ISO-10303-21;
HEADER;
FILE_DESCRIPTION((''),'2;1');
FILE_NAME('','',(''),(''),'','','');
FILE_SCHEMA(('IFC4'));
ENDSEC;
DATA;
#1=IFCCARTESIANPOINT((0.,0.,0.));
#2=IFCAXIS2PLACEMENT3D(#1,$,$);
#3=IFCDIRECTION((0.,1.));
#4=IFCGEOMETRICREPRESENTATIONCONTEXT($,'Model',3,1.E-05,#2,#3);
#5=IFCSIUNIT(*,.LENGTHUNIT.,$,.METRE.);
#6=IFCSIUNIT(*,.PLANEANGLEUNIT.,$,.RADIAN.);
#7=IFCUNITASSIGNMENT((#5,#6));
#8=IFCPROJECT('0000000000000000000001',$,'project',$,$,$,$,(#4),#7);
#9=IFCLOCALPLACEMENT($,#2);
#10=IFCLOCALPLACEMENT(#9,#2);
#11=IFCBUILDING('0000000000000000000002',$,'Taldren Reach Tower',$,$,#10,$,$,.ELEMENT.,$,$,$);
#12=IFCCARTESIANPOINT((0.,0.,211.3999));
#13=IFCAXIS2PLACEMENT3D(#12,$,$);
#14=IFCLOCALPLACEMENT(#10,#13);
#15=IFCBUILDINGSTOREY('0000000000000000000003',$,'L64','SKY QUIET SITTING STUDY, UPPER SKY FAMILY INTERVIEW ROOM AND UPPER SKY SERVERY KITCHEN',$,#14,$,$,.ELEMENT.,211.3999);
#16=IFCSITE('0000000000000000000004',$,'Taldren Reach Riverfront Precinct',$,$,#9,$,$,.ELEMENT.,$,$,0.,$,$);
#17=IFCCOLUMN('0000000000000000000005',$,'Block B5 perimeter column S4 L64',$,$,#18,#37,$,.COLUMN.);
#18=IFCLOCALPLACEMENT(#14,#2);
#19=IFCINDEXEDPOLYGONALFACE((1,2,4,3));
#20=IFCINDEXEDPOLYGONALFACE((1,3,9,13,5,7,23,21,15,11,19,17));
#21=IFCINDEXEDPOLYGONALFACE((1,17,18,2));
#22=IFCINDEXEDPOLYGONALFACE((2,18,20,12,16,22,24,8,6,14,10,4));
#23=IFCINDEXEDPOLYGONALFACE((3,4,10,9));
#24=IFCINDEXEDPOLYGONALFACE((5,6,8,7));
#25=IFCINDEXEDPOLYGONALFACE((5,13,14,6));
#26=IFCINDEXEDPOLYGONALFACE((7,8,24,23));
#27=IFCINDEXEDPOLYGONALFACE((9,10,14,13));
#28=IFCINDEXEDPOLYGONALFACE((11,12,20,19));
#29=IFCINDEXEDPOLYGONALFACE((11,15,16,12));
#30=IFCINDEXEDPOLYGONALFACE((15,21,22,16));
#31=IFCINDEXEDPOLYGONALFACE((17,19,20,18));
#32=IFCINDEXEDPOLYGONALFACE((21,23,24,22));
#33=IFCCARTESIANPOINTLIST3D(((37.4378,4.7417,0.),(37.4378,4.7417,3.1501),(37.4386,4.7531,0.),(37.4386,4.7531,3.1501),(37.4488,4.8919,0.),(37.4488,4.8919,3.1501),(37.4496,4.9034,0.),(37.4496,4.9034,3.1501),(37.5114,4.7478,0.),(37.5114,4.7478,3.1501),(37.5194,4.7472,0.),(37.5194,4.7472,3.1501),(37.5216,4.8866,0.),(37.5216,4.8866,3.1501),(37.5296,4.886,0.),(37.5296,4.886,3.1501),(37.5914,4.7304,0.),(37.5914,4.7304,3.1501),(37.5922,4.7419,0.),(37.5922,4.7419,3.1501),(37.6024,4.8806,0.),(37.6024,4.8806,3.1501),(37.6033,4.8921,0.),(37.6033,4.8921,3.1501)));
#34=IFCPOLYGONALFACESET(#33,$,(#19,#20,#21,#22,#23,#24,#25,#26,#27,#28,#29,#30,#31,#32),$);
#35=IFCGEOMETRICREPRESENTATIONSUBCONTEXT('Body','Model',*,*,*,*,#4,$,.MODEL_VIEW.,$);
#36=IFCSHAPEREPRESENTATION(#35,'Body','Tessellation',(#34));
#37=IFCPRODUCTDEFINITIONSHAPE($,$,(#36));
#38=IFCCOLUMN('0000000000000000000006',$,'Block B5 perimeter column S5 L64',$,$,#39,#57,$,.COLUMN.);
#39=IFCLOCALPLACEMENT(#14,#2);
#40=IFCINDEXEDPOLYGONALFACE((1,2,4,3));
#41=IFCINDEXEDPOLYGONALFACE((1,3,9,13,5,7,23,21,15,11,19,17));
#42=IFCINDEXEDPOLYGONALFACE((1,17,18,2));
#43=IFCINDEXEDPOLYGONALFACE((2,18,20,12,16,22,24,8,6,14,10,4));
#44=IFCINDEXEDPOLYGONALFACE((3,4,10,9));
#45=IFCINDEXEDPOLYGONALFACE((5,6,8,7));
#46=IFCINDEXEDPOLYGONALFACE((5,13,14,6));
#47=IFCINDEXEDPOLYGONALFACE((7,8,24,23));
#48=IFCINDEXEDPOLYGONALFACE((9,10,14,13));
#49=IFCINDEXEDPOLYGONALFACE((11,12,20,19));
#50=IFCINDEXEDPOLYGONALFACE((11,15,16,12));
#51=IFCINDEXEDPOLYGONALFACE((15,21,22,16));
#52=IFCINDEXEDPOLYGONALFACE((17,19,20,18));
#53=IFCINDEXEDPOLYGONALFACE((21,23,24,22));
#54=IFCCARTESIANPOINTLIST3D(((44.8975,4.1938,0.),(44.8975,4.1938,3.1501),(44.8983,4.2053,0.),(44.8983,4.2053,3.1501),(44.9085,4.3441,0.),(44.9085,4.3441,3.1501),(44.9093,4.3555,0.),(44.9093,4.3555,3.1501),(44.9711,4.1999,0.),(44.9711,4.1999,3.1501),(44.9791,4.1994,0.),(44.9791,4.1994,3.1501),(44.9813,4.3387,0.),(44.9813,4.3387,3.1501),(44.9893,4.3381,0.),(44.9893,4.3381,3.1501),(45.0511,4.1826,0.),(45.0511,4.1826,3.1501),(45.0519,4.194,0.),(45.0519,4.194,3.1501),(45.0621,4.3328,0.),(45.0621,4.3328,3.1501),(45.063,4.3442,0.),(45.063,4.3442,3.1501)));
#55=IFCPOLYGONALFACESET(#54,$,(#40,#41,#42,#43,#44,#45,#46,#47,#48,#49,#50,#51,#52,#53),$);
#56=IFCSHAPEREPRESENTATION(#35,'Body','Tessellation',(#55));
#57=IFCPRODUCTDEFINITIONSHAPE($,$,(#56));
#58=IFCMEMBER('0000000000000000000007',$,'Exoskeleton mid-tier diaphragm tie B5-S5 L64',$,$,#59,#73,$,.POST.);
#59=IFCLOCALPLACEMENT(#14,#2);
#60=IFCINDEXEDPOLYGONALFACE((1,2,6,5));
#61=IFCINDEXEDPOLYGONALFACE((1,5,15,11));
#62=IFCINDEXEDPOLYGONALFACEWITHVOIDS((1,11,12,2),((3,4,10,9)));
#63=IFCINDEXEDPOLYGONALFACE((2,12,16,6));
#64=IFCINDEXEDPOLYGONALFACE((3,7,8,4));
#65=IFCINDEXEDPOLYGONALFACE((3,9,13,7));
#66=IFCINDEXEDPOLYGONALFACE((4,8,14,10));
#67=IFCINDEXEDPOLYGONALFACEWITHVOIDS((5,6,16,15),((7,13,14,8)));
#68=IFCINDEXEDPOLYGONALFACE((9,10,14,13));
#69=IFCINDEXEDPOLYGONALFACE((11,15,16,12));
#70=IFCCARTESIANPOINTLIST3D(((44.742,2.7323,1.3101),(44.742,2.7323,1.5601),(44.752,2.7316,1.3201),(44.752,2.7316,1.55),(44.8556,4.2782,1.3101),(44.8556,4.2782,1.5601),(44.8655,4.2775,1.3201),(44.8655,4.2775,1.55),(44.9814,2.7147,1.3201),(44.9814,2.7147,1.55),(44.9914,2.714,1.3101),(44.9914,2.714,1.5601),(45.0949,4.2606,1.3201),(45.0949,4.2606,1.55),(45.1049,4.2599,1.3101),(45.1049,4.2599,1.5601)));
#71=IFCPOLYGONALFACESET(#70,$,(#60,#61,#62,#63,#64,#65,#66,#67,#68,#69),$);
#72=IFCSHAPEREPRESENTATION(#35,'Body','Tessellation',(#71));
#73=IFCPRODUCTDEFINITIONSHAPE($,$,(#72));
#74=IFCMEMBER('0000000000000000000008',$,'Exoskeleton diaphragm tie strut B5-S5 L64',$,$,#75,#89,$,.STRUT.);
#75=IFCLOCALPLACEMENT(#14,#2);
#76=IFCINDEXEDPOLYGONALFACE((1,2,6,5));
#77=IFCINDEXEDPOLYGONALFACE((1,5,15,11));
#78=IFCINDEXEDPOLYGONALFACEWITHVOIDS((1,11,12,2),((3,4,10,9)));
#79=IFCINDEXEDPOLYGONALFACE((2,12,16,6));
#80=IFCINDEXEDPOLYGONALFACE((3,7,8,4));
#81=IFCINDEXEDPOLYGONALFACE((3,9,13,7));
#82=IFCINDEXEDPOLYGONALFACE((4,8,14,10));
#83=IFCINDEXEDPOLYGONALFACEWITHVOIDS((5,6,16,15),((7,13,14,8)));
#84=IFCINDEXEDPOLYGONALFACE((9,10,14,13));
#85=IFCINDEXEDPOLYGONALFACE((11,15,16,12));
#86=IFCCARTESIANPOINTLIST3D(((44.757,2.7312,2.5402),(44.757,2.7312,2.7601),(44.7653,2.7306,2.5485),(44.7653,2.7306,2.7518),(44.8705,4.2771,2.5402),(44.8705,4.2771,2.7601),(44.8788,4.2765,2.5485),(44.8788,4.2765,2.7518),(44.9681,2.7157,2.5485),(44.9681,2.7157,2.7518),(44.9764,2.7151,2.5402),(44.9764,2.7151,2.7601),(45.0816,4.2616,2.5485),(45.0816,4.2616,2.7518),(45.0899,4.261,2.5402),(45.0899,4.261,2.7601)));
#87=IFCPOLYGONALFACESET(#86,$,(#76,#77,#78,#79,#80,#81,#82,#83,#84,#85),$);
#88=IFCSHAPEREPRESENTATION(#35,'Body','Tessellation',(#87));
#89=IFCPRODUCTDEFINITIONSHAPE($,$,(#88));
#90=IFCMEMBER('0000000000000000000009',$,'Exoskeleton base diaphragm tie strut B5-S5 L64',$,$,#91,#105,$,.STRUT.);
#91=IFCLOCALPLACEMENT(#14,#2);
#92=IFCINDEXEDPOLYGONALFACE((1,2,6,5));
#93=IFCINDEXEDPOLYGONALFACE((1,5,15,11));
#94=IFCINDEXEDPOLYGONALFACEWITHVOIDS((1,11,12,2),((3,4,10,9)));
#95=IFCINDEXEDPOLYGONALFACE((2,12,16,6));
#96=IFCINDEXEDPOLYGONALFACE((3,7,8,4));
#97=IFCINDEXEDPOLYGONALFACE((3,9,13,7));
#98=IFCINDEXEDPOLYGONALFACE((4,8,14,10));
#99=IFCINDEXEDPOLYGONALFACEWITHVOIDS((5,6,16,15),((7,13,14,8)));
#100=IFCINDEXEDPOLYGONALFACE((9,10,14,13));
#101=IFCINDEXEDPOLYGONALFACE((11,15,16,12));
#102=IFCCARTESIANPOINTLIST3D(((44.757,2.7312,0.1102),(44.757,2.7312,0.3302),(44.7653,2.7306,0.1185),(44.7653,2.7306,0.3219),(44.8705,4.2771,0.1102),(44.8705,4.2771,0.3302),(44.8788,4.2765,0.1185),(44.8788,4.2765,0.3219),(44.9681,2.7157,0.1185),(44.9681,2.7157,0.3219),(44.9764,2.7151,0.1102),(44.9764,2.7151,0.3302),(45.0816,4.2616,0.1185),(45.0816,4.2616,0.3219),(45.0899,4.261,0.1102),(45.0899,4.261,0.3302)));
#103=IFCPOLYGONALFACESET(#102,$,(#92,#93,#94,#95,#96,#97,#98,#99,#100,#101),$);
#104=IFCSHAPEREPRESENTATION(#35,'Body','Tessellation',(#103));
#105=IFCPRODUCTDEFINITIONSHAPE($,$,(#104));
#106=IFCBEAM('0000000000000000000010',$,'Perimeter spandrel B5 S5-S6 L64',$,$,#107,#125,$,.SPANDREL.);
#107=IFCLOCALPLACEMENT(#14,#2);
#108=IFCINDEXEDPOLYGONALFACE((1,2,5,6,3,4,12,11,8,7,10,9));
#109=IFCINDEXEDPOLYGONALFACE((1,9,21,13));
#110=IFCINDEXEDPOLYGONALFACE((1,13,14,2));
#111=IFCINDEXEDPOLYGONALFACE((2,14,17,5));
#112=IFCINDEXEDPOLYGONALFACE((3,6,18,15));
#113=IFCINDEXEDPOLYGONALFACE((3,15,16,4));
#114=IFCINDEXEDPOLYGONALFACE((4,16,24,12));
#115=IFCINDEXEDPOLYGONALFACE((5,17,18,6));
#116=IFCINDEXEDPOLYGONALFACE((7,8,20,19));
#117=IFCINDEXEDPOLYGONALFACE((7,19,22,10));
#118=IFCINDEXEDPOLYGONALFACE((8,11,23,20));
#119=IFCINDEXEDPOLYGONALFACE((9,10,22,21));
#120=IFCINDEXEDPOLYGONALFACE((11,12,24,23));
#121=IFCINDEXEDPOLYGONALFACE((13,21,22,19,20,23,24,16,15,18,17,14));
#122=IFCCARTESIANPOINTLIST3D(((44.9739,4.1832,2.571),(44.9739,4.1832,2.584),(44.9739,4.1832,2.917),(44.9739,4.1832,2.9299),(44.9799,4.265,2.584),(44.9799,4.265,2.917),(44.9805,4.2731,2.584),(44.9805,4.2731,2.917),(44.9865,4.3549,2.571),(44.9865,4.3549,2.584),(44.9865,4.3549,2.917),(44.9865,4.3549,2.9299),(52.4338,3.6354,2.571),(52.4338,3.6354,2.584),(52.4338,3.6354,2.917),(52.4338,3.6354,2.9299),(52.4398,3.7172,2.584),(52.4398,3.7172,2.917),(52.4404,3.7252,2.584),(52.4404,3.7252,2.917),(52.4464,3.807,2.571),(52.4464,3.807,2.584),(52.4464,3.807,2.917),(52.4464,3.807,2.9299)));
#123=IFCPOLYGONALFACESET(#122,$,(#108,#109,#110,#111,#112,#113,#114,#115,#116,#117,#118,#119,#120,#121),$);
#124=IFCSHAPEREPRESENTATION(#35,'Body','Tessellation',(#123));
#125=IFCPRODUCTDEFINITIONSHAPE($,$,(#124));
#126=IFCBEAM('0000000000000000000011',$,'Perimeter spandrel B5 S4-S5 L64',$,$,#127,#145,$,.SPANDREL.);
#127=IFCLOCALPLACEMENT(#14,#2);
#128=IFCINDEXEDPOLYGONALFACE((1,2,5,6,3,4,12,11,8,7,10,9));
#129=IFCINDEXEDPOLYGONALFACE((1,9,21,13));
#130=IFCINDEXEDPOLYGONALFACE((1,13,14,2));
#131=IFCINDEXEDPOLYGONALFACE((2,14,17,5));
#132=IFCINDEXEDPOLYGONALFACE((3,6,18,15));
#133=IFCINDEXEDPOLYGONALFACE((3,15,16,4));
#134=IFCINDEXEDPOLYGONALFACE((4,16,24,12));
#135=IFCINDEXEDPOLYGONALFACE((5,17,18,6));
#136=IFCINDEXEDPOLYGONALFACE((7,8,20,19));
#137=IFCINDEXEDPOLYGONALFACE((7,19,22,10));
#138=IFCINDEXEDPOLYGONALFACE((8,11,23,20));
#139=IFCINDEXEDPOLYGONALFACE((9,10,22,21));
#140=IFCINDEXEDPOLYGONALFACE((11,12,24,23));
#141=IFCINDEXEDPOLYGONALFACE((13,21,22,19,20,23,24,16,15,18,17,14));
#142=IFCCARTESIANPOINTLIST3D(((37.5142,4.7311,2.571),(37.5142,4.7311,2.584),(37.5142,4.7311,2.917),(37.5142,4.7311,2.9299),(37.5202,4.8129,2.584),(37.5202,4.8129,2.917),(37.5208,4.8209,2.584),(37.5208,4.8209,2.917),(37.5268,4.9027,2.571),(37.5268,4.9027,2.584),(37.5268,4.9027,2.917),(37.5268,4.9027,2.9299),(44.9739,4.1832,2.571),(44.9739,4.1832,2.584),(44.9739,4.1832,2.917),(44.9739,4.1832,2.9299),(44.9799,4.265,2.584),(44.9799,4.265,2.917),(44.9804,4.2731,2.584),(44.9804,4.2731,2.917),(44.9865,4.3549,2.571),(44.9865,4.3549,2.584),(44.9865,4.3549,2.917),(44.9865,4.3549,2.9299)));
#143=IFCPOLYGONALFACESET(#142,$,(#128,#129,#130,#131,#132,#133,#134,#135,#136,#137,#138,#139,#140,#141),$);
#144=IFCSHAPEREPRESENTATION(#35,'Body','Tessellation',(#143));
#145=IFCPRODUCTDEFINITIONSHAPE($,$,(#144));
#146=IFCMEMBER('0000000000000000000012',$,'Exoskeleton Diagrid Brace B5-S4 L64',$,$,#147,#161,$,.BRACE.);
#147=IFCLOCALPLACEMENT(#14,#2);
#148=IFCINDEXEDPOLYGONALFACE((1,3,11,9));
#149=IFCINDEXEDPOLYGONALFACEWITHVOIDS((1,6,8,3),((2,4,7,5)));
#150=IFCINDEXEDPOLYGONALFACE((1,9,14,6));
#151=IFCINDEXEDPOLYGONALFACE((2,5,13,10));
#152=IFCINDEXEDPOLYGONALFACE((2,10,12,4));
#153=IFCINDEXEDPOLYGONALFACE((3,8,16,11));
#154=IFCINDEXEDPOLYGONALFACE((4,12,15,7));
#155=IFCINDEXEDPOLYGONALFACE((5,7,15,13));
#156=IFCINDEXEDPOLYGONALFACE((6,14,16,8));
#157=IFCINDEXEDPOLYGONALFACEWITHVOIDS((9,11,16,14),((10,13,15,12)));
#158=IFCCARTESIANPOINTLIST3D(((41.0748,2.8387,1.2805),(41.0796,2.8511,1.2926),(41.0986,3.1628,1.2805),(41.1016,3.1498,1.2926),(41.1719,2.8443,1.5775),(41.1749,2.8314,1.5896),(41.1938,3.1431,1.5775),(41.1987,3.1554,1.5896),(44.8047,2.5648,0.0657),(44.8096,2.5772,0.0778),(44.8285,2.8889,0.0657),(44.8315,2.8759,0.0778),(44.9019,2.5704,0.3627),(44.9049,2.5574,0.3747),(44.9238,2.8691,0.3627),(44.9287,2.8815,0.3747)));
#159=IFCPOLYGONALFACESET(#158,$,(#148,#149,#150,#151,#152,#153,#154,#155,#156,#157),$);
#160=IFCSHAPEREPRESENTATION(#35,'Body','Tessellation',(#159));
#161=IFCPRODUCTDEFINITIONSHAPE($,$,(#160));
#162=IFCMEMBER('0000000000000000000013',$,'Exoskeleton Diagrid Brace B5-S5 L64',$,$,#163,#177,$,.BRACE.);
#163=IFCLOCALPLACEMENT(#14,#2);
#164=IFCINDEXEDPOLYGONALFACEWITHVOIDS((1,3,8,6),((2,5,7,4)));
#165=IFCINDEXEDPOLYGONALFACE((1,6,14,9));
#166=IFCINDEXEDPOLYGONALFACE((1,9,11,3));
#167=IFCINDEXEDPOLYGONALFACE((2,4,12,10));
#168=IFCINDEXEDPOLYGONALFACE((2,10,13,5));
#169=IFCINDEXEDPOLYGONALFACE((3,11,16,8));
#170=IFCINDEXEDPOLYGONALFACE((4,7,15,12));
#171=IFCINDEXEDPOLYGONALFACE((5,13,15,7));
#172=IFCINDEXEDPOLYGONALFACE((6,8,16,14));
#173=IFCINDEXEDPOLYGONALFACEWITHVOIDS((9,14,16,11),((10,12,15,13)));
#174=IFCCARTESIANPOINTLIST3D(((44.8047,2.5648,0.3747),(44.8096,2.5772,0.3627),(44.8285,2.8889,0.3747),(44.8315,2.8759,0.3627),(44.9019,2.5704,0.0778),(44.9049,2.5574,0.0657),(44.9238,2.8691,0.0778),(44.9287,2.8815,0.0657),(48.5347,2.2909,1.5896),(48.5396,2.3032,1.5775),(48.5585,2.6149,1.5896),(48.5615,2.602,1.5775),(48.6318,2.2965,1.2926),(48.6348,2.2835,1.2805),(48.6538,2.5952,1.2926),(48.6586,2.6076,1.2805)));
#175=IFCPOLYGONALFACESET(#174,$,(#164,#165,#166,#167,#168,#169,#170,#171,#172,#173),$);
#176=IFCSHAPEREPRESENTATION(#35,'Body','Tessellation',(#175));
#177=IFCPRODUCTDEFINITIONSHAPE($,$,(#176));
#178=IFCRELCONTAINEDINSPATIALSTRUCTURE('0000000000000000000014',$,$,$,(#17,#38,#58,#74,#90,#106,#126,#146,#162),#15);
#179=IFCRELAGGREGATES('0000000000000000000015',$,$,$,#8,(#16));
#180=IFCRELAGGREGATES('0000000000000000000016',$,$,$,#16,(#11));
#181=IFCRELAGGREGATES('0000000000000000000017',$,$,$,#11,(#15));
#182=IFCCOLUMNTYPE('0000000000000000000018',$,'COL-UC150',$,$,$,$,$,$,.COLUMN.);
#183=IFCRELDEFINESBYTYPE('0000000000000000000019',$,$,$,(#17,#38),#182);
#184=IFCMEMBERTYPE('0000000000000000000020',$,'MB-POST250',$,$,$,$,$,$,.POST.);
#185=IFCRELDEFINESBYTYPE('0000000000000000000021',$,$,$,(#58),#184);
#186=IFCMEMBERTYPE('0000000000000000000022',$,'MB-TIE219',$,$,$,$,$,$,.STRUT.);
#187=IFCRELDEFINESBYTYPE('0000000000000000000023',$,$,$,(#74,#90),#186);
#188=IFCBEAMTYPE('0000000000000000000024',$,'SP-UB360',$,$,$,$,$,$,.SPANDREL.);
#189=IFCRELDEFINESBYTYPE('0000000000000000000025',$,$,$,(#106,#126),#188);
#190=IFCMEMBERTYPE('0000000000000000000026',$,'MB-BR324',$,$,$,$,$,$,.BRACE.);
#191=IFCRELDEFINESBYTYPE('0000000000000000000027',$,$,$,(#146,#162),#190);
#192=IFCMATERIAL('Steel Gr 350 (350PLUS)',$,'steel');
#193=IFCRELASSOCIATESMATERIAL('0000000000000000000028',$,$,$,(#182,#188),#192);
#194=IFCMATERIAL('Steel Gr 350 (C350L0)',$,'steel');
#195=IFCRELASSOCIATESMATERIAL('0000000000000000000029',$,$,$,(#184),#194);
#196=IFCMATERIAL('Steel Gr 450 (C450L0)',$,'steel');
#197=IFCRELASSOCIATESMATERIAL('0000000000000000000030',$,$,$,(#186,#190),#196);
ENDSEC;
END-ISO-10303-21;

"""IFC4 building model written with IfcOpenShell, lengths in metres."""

from ifc_helpers import new_model, si_unit, direction, frame, origin, origin_2d, place, context, subcontext, project, spatial, hollow_rectangle, i_section, extrude, source, transform, mapped, material, material_profile, profile_set, type_object, element, save


model = new_model("IFC4")

# Units and contexts
model_context = context("Model", 3, precision=1e-05, world=origin(), true_north=direction((0.0, 1.0)))
body_context = subcontext(model_context, "Body", "Model", "MODEL_VIEW")
ifc_project = project(units=[si_unit("LENGTHUNIT", "METRE"), si_unit("PLANEANGLEUNIT", "RADIAN")], contexts=[model_context])

# Site, building, storey
site_placement = place(None, origin())
site = spatial("IfcSite", under=ifc_project, at=site_placement, Name="Taldren Reach Riverfront Precinct", CompositionType="ELEMENT", RefElevation=0.0)
building_placement = place(site_placement, origin())
building = spatial("IfcBuilding", under=site, at=building_placement, Name="Taldren Reach Tower", CompositionType="ELEMENT")
storey_placement = place(building_placement, frame((0.0, 0.0, 211.3999)))
storey = spatial("IfcBuildingStorey", under=building, at=storey_placement, Name="L64", Description="SKY QUIET SITTING STUDY, UPPER SKY FAMILY INTERVIEW ROOM AND UPPER SKY SERVERY KITCHEN", CompositionType="ELEMENT", Elevation=211.3999)

# Columns
ifc_material_1 = material(Name="Steel Gr 350 (350PLUS)", Category="steel")
ifc_material_profile_1 = material_profile(ifc_material_1, i_section(OverallWidth=0.1541, OverallDepth=0.1621, WebThickness=0.0081, FlangeThickness=0.0115, at=origin_2d()), Name="150UC37.2")
ifc_profile_set_1 = profile_set([ifc_material_profile_1], Name="Steel Gr 350 (350PLUS)")
column_type = type_object("IfcColumnType", Name="COL-UC150", PredefinedType="COLUMN", material=ifc_profile_set_1)
shared_shape_1 = source(origin(), body_context, "Body", "SweptSolid", [
    extrude(i_section(OverallWidth=0.1541, OverallDepth=0.1621, WebThickness=0.0081, FlangeThickness=0.0115, at=origin_2d()), origin(), (0.0, 0.0, 1.0), 3.1501),
])
for number, where, z_axis, x_axis, name in (
    (1, (37.5205, 4.8169, 0.0), (0.0, 0.0, 1.0), (0.997314, -0.073238, 0.0), "Block B5 perimeter column S4 L64"),
    (2, (44.9802, 4.269, 0.0), (0.0, 0.0, 1.0), (0.997314, -0.073238, 0.0), "Block B5 perimeter column S5 L64"),
):
    element("IfcColumn", number, at=place(storey_placement, frame(where, z_axis=z_axis, x_axis=x_axis)), inside=storey, type_object=column_type, Name=name, PredefinedType="COLUMN", context=body_context, shape_type="MappedRepresentation", body=[
        mapped(shared_shape_1, transform((0.0, 0.0, 0.0), scale=1.0)),
    ])

# Members
ifc_material_2 = material(Name="Steel Gr 350 (C350L0)", Category="steel")
ifc_material_profile_2 = material_profile(ifc_material_2, hollow_rectangle(XDim=0.25, YDim=0.25, WallThickness=0.01, at=origin_2d()), Name="250x250x10.0SHS")
ifc_profile_set_2 = profile_set([ifc_material_profile_2], Name="Steel Gr 350 (C350L0)")
member_type_1 = type_object("IfcMemberType", Name="MB-POST250", PredefinedType="POST", material=ifc_profile_set_2)
shared_shape_2 = source(origin(), body_context, "Body", "SweptSolid", [
    extrude(hollow_rectangle(XDim=0.25, YDim=0.25, WallThickness=0.01, at=origin_2d()), origin(), (0.0, 0.0, 1.0), 1.55),
])
member_1_placement = place(storey_placement, frame((44.9802, 4.269, 1.4351), z_axis=(-0.073239, -0.997314, 0.0), x_axis=(0.997314, -0.073239, 0.0)))
element("IfcMember", 3, at=member_1_placement, inside=storey, type_object=member_type_1, Name="Exoskeleton mid-tier diaphragm tie B5-S5 L64", PredefinedType="POST", context=body_context, shape_type="MappedRepresentation", body=[
    mapped(shared_shape_2, transform((0.0, 0.0, 0.0), scale=1.0)),
])
ifc_material_3 = material(Name="Steel Gr 450 (C450L0)", Category="steel")
ifc_material_profile_3 = material_profile(ifc_material_3, hollow_rectangle(XDim=0.22, YDim=0.22, WallThickness=0.0083, at=origin_2d()), Name="220x220x8.2SHS")
ifc_profile_set_3 = profile_set([ifc_material_profile_3], Name="Steel Gr 450 (C450L0)")
member_type_2 = type_object("IfcMemberType", Name="MB-TIE219", PredefinedType="STRUT", material=ifc_profile_set_3)
shared_shape_3 = source(origin(), body_context, "Body", "SweptSolid", [
    extrude(hollow_rectangle(XDim=0.22, YDim=0.22, WallThickness=0.0083, at=origin_2d()), origin(), (0.0, 0.0, 1.0), 1.55),
])
for number, where, z_axis, x_axis, name in (
    (4, (44.9802, 4.269, 2.6501), (-0.073239, -0.997314, 0.0), (0.997314, -0.073239, 0.0), "Exoskeleton diaphragm tie strut B5-S5 L64"),
    (5, (44.9802, 4.269, 0.2202), (-0.073239, -0.997314, 0.0), (0.997314, -0.073239, 0.0), "Exoskeleton base diaphragm tie strut B5-S5 L64"),
):
    element("IfcMember", number, at=place(storey_placement, frame(where, z_axis=z_axis, x_axis=x_axis)), inside=storey, type_object=member_type_2, Name=name, PredefinedType="STRUT", context=body_context, shape_type="MappedRepresentation", body=[
        mapped(shared_shape_3, transform((0.0, 0.0, 0.0), scale=1.0)),
    ])

# Beams
ifc_material_profile_4 = material_profile(ifc_material_1, i_section(OverallWidth=0.1721, OverallDepth=0.3589, WebThickness=0.0081, FlangeThickness=0.0129, at=origin_2d()), Name="360UB56.7")
ifc_profile_set_4 = profile_set([ifc_material_profile_4], Name="Steel Gr 350 (350PLUS)")
beam_type = type_object("IfcBeamType", Name="SP-UB360", PredefinedType="SPANDREL", material=ifc_profile_set_4)
shared_shape_4 = source(origin(), body_context, "Body", "SweptSolid", [
    extrude(i_section(OverallWidth=0.1721, OverallDepth=0.3589, WebThickness=0.0081, FlangeThickness=0.0129, at=origin_2d()), origin(), (0.0, 0.0, 1.0), 7.48),
])
beam_1_placement = place(storey_placement, frame((44.9802, 4.269, 2.7505), z_axis=(0.997314, -0.073242, 0.0), x_axis=(0.073242, 0.997314, 0.0)))
element("IfcBeam", 6, at=beam_1_placement, inside=storey, type_object=beam_type, Name="Perimeter spandrel B5 S5-S6 L64", PredefinedType="SPANDREL", context=body_context, shape_type="MappedRepresentation", body=[
    mapped(shared_shape_4, transform((0.0, 0.0, 0.0), scale=1.0)),
])
shared_shape_5 = source(origin(), body_context, "Body", "SweptSolid", [
    extrude(i_section(OverallWidth=0.1721, OverallDepth=0.3589, WebThickness=0.0081, FlangeThickness=0.0129, at=origin_2d()), origin(), (0.0, 0.0, 1.0), 7.4797),
])
beam_2_placement = place(storey_placement, frame((37.5205, 4.8169, 2.7505), z_axis=(0.997314, -0.073244, 0.0), x_axis=(0.073244, 0.997314, 0.0)))
element("IfcBeam", 7, at=beam_2_placement, inside=storey, type_object=beam_type, Name="Perimeter spandrel B5 S4-S5 L64", PredefinedType="SPANDREL", context=body_context, shape_type="MappedRepresentation", body=[
    mapped(shared_shape_5, transform((0.0, 0.0, 0.0), scale=1.0)),
])

# Members
ifc_material_profile_5 = material_profile(ifc_material_3, hollow_rectangle(XDim=0.325, YDim=0.325, WallThickness=0.0127, at=origin_2d()), Name="325x325x12.7SHS")
ifc_profile_set_5 = profile_set([ifc_material_profile_5], Name="Steel Gr 450 (C450L0)")
member_type_3 = type_object("IfcMemberType", Name="MB-BR324", PredefinedType="BRACE", material=ifc_profile_set_5)
shared_shape_6 = source(origin(), body_context, "Body", "SweptSolid", [
    extrude(hollow_rectangle(XDim=0.325, YDim=0.325, WallThickness=0.0127, at=origin_2d()), origin(), (0.0, 0.0, 1.0), 3.9324),
])
for number, where, z_axis, x_axis, name in (
    (8, (44.8667, 2.7231, 0.2202), (-0.948529, 0.069659, 0.308933), (-0.073242, -0.997314, 0.0), "Exoskeleton Diagrid Brace B5-S4 L64"),
    (9, (44.8667, 2.7231, 0.2202), (0.948529, -0.069659, 0.308933), (0.073242, 0.997314, 0.0), "Exoskeleton Diagrid Brace B5-S5 L64"),
):
    element("IfcMember", number, at=place(storey_placement, frame(where, z_axis=z_axis, x_axis=x_axis)), inside=storey, type_object=member_type_3, Name=name, PredefinedType="BRACE", context=body_context, shape_type="MappedRepresentation", body=[
        mapped(shared_shape_6, transform((0.0, 0.0, 0.0), scale=1.0)),
    ])

save(model, "model.ifc")
